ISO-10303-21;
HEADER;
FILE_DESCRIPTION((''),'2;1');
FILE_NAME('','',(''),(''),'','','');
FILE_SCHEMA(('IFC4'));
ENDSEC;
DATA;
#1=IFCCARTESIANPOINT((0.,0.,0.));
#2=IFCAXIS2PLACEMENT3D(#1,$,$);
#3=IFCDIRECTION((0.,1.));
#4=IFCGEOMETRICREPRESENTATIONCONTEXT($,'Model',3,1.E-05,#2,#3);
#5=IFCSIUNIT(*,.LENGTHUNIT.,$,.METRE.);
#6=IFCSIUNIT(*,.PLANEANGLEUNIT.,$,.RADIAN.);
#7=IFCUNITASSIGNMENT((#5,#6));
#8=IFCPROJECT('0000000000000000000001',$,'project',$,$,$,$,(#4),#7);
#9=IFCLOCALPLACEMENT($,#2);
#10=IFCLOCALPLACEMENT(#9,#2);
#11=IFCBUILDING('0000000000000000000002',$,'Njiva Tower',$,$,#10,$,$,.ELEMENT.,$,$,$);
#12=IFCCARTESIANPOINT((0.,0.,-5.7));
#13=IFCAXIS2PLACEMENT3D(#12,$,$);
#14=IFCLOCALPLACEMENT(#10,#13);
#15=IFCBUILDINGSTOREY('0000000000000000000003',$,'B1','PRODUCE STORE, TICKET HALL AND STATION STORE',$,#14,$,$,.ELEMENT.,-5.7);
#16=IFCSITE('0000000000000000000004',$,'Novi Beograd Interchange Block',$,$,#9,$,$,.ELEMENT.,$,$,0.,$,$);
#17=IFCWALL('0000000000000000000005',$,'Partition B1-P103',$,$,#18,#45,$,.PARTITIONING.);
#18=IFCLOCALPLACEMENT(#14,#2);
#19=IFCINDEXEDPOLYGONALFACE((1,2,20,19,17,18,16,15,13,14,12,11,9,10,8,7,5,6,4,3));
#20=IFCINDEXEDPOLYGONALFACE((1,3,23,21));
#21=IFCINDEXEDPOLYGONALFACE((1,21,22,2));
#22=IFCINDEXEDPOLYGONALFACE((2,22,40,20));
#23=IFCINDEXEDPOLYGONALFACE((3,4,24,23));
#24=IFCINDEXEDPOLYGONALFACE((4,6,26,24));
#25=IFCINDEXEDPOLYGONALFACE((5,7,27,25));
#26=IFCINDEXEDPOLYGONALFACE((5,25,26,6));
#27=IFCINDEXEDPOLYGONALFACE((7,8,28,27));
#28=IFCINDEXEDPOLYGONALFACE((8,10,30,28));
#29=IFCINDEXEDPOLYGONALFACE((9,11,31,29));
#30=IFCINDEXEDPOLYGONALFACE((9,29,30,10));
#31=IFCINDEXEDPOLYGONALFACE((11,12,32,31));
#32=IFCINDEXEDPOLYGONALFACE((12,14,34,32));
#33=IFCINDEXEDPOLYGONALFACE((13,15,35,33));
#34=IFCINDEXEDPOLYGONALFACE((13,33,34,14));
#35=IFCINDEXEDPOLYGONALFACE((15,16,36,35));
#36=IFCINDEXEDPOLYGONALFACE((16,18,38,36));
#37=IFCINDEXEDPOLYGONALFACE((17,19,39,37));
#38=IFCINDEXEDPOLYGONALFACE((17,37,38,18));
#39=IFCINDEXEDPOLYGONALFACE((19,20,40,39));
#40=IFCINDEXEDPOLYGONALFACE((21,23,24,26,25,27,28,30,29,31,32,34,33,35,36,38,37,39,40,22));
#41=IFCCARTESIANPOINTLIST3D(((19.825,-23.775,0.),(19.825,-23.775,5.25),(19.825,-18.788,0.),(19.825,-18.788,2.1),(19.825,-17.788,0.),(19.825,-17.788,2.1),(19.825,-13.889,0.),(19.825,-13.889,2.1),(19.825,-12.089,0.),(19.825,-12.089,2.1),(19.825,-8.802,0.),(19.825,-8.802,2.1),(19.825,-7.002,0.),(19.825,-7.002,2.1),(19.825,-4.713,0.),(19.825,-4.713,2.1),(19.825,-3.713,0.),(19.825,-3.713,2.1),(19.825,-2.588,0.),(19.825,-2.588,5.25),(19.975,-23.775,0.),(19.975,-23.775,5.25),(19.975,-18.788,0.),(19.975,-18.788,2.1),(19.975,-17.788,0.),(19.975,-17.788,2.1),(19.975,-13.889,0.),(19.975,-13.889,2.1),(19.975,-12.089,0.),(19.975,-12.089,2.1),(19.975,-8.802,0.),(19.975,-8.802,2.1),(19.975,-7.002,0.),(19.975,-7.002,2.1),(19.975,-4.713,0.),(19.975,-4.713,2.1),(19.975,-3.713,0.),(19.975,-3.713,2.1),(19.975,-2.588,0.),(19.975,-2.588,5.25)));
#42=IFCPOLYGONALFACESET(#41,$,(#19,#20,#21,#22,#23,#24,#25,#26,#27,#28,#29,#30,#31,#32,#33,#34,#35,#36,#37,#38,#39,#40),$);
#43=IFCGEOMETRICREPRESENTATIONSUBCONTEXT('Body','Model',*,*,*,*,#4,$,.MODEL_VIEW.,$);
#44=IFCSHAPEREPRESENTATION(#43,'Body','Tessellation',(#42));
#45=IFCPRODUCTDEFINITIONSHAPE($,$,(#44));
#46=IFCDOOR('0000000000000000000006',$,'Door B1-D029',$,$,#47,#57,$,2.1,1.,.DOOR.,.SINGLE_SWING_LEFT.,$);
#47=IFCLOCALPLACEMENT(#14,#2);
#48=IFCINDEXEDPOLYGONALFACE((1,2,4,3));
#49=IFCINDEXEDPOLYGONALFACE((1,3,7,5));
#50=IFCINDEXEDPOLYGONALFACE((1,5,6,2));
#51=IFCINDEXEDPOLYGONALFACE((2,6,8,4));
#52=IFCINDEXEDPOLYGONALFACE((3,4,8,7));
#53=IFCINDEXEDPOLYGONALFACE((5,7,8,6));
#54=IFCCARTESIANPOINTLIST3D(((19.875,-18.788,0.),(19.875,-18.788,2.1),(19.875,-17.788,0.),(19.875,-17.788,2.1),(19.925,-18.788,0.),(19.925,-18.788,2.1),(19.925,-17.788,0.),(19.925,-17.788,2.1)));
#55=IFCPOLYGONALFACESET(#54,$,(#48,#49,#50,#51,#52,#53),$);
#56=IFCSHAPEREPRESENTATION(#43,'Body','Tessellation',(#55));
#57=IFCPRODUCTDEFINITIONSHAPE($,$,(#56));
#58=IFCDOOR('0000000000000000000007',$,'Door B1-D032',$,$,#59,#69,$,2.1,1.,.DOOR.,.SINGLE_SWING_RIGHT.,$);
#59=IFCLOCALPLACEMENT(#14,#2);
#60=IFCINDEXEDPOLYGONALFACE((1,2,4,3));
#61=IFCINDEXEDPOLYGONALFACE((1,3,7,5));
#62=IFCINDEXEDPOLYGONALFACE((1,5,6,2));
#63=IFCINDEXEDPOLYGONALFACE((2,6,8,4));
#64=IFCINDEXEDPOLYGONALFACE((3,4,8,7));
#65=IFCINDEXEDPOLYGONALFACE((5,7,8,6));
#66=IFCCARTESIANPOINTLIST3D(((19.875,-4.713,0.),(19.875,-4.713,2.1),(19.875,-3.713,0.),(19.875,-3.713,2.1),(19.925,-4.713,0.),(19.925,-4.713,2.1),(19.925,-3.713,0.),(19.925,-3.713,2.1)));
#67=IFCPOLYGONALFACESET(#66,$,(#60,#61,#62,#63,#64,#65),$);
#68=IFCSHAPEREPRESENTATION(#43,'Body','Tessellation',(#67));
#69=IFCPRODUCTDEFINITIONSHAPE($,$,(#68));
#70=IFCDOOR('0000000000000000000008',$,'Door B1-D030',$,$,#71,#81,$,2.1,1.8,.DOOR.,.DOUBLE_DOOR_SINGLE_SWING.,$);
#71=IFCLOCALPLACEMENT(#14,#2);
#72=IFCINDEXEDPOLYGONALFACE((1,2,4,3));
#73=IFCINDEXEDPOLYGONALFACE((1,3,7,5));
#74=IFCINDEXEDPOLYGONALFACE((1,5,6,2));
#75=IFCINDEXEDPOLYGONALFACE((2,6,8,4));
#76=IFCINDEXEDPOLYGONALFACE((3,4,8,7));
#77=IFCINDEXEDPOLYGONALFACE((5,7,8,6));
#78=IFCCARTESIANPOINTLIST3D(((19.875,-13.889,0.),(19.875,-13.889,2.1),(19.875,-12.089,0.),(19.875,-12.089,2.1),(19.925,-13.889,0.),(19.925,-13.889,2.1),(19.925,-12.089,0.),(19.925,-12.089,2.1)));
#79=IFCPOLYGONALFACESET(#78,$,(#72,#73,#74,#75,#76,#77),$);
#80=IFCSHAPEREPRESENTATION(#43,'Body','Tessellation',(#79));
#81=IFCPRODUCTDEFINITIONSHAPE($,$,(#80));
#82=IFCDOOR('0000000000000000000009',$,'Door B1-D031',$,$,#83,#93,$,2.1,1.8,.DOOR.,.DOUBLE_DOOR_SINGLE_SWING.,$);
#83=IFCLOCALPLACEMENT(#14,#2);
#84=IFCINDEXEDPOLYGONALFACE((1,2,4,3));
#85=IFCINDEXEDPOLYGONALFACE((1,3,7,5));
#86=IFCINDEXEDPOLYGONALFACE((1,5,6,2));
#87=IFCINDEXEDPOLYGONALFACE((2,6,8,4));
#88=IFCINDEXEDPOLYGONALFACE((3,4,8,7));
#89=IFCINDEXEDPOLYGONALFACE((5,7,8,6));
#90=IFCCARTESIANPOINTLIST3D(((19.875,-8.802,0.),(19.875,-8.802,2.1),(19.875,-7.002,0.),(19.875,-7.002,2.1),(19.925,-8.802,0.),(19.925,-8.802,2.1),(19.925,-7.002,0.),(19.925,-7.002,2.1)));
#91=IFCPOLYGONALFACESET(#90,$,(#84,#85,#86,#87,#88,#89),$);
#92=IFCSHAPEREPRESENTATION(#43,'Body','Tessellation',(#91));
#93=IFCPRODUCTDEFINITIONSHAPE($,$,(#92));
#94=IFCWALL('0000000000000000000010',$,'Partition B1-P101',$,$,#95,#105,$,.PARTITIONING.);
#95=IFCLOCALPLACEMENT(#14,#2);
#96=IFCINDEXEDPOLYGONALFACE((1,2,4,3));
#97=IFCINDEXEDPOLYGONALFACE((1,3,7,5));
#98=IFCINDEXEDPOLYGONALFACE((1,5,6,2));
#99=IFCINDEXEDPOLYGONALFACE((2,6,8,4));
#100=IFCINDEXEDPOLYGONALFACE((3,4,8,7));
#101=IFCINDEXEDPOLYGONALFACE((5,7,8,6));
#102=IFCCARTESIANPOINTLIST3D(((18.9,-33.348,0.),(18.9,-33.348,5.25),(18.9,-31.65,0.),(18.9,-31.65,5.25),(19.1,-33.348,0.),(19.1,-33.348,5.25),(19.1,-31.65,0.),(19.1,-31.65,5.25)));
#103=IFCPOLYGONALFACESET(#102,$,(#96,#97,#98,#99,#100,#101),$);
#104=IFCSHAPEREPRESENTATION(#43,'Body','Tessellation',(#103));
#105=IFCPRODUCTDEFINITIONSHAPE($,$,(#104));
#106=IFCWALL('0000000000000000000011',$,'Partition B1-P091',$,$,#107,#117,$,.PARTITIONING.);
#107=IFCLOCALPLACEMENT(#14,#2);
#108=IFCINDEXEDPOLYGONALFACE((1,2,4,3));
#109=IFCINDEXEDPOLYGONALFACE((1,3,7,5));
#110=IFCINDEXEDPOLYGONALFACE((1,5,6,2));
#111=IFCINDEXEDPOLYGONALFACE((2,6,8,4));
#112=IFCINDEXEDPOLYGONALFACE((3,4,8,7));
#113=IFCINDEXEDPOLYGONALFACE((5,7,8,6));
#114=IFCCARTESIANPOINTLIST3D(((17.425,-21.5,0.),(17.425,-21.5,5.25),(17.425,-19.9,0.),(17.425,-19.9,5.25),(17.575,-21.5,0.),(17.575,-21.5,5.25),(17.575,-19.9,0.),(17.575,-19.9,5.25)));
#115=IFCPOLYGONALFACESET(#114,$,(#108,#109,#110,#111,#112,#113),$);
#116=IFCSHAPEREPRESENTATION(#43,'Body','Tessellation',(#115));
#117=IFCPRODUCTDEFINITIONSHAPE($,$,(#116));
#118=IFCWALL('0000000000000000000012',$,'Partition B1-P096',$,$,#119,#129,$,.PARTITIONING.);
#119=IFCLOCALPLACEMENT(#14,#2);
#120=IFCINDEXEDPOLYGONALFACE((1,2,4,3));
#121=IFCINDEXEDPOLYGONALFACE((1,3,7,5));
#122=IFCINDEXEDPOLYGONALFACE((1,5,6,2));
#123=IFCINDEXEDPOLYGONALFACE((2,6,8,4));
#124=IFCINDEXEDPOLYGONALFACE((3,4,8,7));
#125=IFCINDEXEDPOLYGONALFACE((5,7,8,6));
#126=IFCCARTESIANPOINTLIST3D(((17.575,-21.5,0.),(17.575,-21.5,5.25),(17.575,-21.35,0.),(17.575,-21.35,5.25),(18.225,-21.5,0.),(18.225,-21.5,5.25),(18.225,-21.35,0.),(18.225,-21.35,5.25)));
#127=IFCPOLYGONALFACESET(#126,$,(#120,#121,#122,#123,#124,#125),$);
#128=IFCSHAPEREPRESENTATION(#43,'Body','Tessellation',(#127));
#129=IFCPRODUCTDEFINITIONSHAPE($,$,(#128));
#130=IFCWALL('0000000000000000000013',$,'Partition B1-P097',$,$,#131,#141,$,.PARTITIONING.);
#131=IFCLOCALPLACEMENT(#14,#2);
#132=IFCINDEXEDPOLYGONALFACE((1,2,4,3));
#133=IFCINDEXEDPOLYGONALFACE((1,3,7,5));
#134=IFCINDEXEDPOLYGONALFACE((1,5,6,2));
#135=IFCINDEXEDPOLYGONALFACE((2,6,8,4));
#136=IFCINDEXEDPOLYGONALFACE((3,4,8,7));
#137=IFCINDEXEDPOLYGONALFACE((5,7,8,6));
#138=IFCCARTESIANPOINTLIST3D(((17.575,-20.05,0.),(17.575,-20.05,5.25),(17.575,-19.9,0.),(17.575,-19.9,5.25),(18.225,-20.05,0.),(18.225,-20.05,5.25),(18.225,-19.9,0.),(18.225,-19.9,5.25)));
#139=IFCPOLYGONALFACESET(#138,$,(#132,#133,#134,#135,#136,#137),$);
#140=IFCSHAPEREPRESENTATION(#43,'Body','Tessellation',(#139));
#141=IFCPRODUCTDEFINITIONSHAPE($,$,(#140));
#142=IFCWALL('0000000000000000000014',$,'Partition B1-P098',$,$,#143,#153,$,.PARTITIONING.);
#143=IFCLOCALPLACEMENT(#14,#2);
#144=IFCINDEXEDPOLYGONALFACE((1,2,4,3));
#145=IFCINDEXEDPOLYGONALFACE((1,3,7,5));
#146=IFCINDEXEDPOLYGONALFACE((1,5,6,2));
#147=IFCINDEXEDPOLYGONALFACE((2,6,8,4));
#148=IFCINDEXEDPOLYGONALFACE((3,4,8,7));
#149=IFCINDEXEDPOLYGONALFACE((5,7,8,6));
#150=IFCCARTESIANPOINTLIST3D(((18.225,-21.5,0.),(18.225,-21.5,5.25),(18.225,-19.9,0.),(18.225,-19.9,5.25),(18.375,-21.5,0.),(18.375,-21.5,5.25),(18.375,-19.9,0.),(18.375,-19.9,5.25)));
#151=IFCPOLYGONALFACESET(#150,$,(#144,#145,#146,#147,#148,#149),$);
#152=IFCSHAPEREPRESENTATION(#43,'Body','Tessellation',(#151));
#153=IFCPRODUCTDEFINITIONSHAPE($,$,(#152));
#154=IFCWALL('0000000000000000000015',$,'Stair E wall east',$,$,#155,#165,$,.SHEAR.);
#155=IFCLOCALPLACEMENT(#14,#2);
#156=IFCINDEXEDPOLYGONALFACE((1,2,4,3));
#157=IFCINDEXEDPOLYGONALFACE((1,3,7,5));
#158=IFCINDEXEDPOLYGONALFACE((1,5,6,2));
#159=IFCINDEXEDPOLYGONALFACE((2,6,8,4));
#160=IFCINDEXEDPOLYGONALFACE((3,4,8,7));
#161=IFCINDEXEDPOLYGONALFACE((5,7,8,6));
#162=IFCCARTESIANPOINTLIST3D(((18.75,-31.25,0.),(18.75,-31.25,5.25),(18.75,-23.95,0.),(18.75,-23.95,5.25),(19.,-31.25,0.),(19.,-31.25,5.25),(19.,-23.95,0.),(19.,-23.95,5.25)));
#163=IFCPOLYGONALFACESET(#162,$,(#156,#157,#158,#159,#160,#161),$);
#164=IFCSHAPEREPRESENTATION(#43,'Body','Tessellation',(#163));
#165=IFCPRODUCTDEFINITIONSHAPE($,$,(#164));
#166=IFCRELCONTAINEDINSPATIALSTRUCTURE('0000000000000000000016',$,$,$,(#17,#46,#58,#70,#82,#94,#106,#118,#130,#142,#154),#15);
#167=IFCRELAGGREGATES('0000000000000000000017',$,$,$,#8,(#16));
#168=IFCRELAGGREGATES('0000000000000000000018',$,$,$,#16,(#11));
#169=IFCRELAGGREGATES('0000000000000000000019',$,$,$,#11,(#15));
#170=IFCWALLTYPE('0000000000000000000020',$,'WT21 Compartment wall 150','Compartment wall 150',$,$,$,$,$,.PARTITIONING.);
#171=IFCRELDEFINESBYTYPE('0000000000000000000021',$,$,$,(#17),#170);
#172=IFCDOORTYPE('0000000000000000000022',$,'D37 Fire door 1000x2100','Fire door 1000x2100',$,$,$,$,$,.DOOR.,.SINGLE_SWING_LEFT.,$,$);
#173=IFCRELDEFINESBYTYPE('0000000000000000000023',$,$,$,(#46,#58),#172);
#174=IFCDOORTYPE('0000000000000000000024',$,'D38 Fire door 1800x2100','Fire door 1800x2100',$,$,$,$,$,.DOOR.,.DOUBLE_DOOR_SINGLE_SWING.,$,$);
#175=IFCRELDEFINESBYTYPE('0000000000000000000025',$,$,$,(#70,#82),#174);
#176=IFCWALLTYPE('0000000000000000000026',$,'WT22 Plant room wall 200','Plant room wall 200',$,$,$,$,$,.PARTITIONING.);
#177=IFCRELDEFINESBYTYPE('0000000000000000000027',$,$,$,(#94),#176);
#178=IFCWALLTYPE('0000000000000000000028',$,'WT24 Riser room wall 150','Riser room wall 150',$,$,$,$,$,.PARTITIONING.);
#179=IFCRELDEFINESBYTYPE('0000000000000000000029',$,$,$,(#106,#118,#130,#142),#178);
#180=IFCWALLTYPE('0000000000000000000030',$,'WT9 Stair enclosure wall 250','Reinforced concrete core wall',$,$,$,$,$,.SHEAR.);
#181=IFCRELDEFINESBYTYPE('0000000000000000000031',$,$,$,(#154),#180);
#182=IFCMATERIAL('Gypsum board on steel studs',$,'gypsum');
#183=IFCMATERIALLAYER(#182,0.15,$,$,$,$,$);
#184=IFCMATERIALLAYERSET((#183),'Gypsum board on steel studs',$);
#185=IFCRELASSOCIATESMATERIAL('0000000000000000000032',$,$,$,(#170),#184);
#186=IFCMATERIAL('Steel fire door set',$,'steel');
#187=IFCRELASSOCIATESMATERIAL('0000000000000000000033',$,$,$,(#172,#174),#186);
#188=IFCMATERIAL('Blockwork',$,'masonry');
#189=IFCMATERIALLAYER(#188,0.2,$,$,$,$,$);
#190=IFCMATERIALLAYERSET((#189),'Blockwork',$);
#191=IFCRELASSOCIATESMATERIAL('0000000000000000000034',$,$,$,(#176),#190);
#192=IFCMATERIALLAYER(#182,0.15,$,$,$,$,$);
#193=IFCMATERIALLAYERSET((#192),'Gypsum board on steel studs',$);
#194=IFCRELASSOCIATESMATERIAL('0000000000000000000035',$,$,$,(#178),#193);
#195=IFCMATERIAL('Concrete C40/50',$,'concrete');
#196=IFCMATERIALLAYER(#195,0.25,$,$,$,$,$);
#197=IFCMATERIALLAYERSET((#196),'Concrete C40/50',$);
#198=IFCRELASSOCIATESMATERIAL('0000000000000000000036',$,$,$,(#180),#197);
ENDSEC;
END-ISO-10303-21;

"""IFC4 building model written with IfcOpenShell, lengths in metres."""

from ifc_helpers import new_model, si_unit, direction, frame, frame_2d, origin, place, context, subcontext, project, spatial, rectangle, extrude, material, layer, layer_set, type_object, element, fill, save


model = new_model("IFC4")

# Units and contexts
model_context = context("Model", 3, precision=1e-05, world=origin(), true_north=direction((0.0, 1.0)))
body_context = subcontext(model_context, "Body", "Model", "MODEL_VIEW")
ifc_project = project(units=[si_unit("LENGTHUNIT", "METRE"), si_unit("PLANEANGLEUNIT", "RADIAN")], contexts=[model_context])

# Site, building, storey
site_placement = place(None, origin())
site = spatial("IfcSite", under=ifc_project, at=site_placement, Name="Novi Beograd Interchange Block", CompositionType="ELEMENT", RefElevation=0.0)
building_placement = place(site_placement, origin())
building = spatial("IfcBuilding", under=site, at=building_placement, Name="Njiva Tower", CompositionType="ELEMENT")
storey_placement = place(building_placement, frame((0.0, 0.0, -5.7)))
storey = spatial("IfcBuildingStorey", under=building, at=storey_placement, Name="B1", Description="PRODUCE STORE, TICKET HALL AND STATION STORE", CompositionType="ELEMENT", Elevation=-5.7)

# Shared definitions
ifc_material_1 = material(Name="Gypsum board on steel studs", Category="gypsum")
ifc_layer_1 = layer(ifc_material_1, 0.15)
ifc_layer_set_1 = layer_set([ifc_layer_1], Name="Gypsum board on steel studs")
wall_type_1 = type_object("IfcWallType", Name="WT21 Compartment wall 150", Description="Compartment wall 150", PredefinedType="PARTITIONING", material=ifc_layer_set_1)

# Wall, openings, doors
wall_1_placement = place(storey_placement, frame((19.9, -23.775, 0.0), z_axis=(0.0, 0.0, 1.0), x_axis=(0.0, 1.0, 0.0)))
wall_1 = element("IfcWall", 1, at=wall_1_placement, inside=storey, type_object=wall_type_1, Name="Partition B1-P103", PredefinedType="PARTITIONING", context=body_context, shape_type="SweptSolid", body=[
    extrude(rectangle(XDim=21.187, YDim=0.15, at=frame_2d((10.5935, 0.0))), origin(), (0.0, 0.0, 1.0), 5.25),
])
opening_1_placement = place(wall_1_placement, frame((4.987, 0.0, 0.0)))
opening_1 = element("IfcOpeningElement", 2, at=opening_1_placement, cuts=wall_1, PredefinedType="OPENING", context=body_context, shape_type="SweptSolid", body=[
    extrude(rectangle(XDim=1.0, YDim=2.1, at=frame_2d((0.5, 1.05))), frame((0.0, 0.085, 0.0), z_axis=(0.0, -1.0, 0.0), x_axis=(1.0, 0.0, 0.0)), (0.0, 0.0, 1.0), 0.17),
])
opening_2_placement = place(wall_1_placement, frame((9.886, 0.0, 0.0)))
opening_2 = element("IfcOpeningElement", 3, at=opening_2_placement, cuts=wall_1, PredefinedType="OPENING", context=body_context, shape_type="SweptSolid", body=[
    extrude(rectangle(XDim=1.8, YDim=2.1, at=frame_2d((0.9, 1.05))), frame((0.0, 0.085, 0.0), z_axis=(0.0, -1.0, 0.0), x_axis=(1.0, 0.0, 0.0)), (0.0, 0.0, 1.0), 0.17),
])
opening_3_placement = place(wall_1_placement, frame((14.973, 0.0, 0.0)))
opening_3 = element("IfcOpeningElement", 4, at=opening_3_placement, cuts=wall_1, PredefinedType="OPENING", context=body_context, shape_type="SweptSolid", body=[
    extrude(rectangle(XDim=1.8, YDim=2.1, at=frame_2d((0.9, 1.05))), frame((0.0, 0.085, 0.0), z_axis=(0.0, -1.0, 0.0), x_axis=(1.0, 0.0, 0.0)), (0.0, 0.0, 1.0), 0.17),
])
opening_4_placement = place(wall_1_placement, frame((19.062, 0.0, 0.0)))
opening_4 = element("IfcOpeningElement", 5, at=opening_4_placement, cuts=wall_1, PredefinedType="OPENING", context=body_context, shape_type="SweptSolid", body=[
    extrude(rectangle(XDim=1.0, YDim=2.1, at=frame_2d((0.5, 1.05))), frame((0.0, 0.085, 0.0), z_axis=(0.0, -1.0, 0.0), x_axis=(1.0, 0.0, 0.0)), (0.0, 0.0, 1.0), 0.17),
])
ifc_material_2 = material(Name="Steel fire door set", Category="steel")
door_type_1 = type_object("IfcDoorType", Name="D37 Fire door 1000x2100", Description="Fire door 1000x2100", OperationType="SINGLE_SWING_LEFT", PredefinedType="DOOR", material=ifc_material_2)
door_1_placement = place(opening_1_placement, origin())
door_1 = element("IfcDoor", 6, at=door_1_placement, inside=storey, type_object=door_type_1, Name="Door B1-D029", OperationType="SINGLE_SWING_LEFT", OverallHeight=2.1, OverallWidth=1.0, PredefinedType="DOOR", context=body_context, shape_type="SweptSolid", body=[
    extrude(rectangle(XDim=1.0, YDim=2.1, at=frame_2d((0.5, 1.05))), frame((0.0, 0.025, 0.0), z_axis=(0.0, -1.0, 0.0), x_axis=(1.0, 0.0, 0.0)), (0.0, 0.0, 1.0), 0.05),
])
fill(opening_1, door_1)
door_2_placement = place(opening_4_placement, origin())
door_2 = element("IfcDoor", 7, at=door_2_placement, inside=storey, type_object=door_type_1, Name="Door B1-D032", OperationType="SINGLE_SWING_RIGHT", OverallHeight=2.1, OverallWidth=1.0, PredefinedType="DOOR", context=body_context, shape_type="SweptSolid", body=[
    extrude(rectangle(XDim=1.0, YDim=2.1, at=frame_2d((0.5, 1.05))), frame((0.0, 0.025, 0.0), z_axis=(0.0, -1.0, 0.0), x_axis=(1.0, 0.0, 0.0)), (0.0, 0.0, 1.0), 0.05),
])
fill(opening_4, door_2)
door_type_2 = type_object("IfcDoorType", Name="D38 Fire door 1800x2100", Description="Fire door 1800x2100", OperationType="DOUBLE_DOOR_SINGLE_SWING", PredefinedType="DOOR", material=ifc_material_2)
door_3_placement = place(opening_2_placement, origin())
door_3 = element("IfcDoor", 8, at=door_3_placement, inside=storey, type_object=door_type_2, Name="Door B1-D030", OperationType="DOUBLE_DOOR_SINGLE_SWING", OverallHeight=2.1, OverallWidth=1.8, PredefinedType="DOOR", context=body_context, shape_type="SweptSolid", body=[
    extrude(rectangle(XDim=1.8, YDim=2.1, at=frame_2d((0.9, 1.05))), frame((0.0, 0.025, 0.0), z_axis=(0.0, -1.0, 0.0), x_axis=(1.0, 0.0, 0.0)), (0.0, 0.0, 1.0), 0.05),
])
fill(opening_2, door_3)
door_4_placement = place(opening_3_placement, origin())
door_4 = element("IfcDoor", 9, at=door_4_placement, inside=storey, type_object=door_type_2, Name="Door B1-D031", OperationType="DOUBLE_DOOR_SINGLE_SWING", OverallHeight=2.1, OverallWidth=1.8, PredefinedType="DOOR", context=body_context, shape_type="SweptSolid", body=[
    extrude(rectangle(XDim=1.8, YDim=2.1, at=frame_2d((0.9, 1.05))), frame((0.0, 0.025, 0.0), z_axis=(0.0, -1.0, 0.0), x_axis=(1.0, 0.0, 0.0)), (0.0, 0.0, 1.0), 0.05),
])
fill(opening_3, door_4)

# Walls
ifc_material_3 = material(Name="Blockwork", Category="masonry")
ifc_layer_2 = layer(ifc_material_3, 0.2)
ifc_layer_set_2 = layer_set([ifc_layer_2], Name="Blockwork")
wall_type_2 = type_object("IfcWallType", Name="WT22 Plant room wall 200", Description="Plant room wall 200", PredefinedType="PARTITIONING", material=ifc_layer_set_2)
wall_2_placement = place(storey_placement, frame((19.0, -33.348, 0.0), z_axis=(0.0, 0.0, 1.0), x_axis=(0.0, 1.0, 0.0)))
element("IfcWall", 10, at=wall_2_placement, inside=storey, type_object=wall_type_2, Name="Partition B1-P101", PredefinedType="PARTITIONING", context=body_context, shape_type="SweptSolid", body=[
    extrude(rectangle(XDim=1.698, YDim=0.2, at=frame_2d((0.849, 0.0))), origin(), (0.0, 0.0, 1.0), 5.25),
])
ifc_layer_3 = layer(ifc_material_1, 0.15)
ifc_layer_set_3 = layer_set([ifc_layer_3], Name="Gypsum board on steel studs")
wall_type_3 = type_object("IfcWallType", Name="WT24 Riser room wall 150", Description="Riser room wall 150", PredefinedType="PARTITIONING", material=ifc_layer_set_3)
wall_3_placement = place(storey_placement, frame((17.5, -21.5, 0.0), z_axis=(0.0, 0.0, 1.0), x_axis=(0.0, 1.0, 0.0)))
element("IfcWall", 11, at=wall_3_placement, inside=storey, type_object=wall_type_3, Name="Partition B1-P091", PredefinedType="PARTITIONING", context=body_context, shape_type="SweptSolid", body=[
    extrude(rectangle(XDim=1.6, YDim=0.15, at=frame_2d((0.8, 0.0))), origin(), (0.0, 0.0, 1.0), 5.25),
])
for number, where, z_axis, x_axis, name in (
    (12, (17.575, -21.425, 0.0), (0.0, 0.0, 1.0), (1.0, 0.0, 0.0), "Partition B1-P096"),
    (13, (17.575, -19.975, 0.0), (0.0, 0.0, 1.0), (1.0, 0.0, 0.0), "Partition B1-P097"),
):
    element("IfcWall", number, at=place(storey_placement, frame(where, z_axis=z_axis, x_axis=x_axis)), inside=storey, type_object=wall_type_3, Name=name, PredefinedType="PARTITIONING", context=body_context, shape_type="SweptSolid", body=[
        extrude(rectangle(XDim=0.65, YDim=0.15, at=frame_2d((0.325, 0.0))), origin(), (0.0, 0.0, 1.0), 5.25),
    ])
wall_4_placement = place(storey_placement, frame((18.3, -21.5, 0.0), z_axis=(0.0, 0.0, 1.0), x_axis=(0.0, 1.0, 0.0)))
element("IfcWall", 14, at=wall_4_placement, inside=storey, type_object=wall_type_3, Name="Partition B1-P098", PredefinedType="PARTITIONING", context=body_context, shape_type="SweptSolid", body=[
    extrude(rectangle(XDim=1.6, YDim=0.15, at=frame_2d((0.8, 0.0))), origin(), (0.0, 0.0, 1.0), 5.25),
])
ifc_material_4 = material(Name="Concrete C40/50", Category="concrete")
ifc_layer_4 = layer(ifc_material_4, 0.25)
ifc_layer_set_4 = layer_set([ifc_layer_4], Name="Concrete C40/50")
wall_type_4 = type_object("IfcWallType", Name="WT9 Stair enclosure wall 250", Description="Reinforced concrete core wall", PredefinedType="SHEAR", material=ifc_layer_set_4)
wall_5_placement = place(storey_placement, frame((18.875, -31.25, 0.0), z_axis=(0.0, 0.0, 1.0), x_axis=(0.0, 1.0, 0.0)))
element("IfcWall", 15, at=wall_5_placement, inside=storey, type_object=wall_type_4, Name="Stair E wall east", PredefinedType="SHEAR", context=body_context, shape_type="SweptSolid", body=[
    extrude(rectangle(XDim=7.3, YDim=0.25, at=frame_2d((3.65, 0.0))), origin(), (0.0, 0.0, 1.0), 5.25),
])

save(model, "model.ifc")
